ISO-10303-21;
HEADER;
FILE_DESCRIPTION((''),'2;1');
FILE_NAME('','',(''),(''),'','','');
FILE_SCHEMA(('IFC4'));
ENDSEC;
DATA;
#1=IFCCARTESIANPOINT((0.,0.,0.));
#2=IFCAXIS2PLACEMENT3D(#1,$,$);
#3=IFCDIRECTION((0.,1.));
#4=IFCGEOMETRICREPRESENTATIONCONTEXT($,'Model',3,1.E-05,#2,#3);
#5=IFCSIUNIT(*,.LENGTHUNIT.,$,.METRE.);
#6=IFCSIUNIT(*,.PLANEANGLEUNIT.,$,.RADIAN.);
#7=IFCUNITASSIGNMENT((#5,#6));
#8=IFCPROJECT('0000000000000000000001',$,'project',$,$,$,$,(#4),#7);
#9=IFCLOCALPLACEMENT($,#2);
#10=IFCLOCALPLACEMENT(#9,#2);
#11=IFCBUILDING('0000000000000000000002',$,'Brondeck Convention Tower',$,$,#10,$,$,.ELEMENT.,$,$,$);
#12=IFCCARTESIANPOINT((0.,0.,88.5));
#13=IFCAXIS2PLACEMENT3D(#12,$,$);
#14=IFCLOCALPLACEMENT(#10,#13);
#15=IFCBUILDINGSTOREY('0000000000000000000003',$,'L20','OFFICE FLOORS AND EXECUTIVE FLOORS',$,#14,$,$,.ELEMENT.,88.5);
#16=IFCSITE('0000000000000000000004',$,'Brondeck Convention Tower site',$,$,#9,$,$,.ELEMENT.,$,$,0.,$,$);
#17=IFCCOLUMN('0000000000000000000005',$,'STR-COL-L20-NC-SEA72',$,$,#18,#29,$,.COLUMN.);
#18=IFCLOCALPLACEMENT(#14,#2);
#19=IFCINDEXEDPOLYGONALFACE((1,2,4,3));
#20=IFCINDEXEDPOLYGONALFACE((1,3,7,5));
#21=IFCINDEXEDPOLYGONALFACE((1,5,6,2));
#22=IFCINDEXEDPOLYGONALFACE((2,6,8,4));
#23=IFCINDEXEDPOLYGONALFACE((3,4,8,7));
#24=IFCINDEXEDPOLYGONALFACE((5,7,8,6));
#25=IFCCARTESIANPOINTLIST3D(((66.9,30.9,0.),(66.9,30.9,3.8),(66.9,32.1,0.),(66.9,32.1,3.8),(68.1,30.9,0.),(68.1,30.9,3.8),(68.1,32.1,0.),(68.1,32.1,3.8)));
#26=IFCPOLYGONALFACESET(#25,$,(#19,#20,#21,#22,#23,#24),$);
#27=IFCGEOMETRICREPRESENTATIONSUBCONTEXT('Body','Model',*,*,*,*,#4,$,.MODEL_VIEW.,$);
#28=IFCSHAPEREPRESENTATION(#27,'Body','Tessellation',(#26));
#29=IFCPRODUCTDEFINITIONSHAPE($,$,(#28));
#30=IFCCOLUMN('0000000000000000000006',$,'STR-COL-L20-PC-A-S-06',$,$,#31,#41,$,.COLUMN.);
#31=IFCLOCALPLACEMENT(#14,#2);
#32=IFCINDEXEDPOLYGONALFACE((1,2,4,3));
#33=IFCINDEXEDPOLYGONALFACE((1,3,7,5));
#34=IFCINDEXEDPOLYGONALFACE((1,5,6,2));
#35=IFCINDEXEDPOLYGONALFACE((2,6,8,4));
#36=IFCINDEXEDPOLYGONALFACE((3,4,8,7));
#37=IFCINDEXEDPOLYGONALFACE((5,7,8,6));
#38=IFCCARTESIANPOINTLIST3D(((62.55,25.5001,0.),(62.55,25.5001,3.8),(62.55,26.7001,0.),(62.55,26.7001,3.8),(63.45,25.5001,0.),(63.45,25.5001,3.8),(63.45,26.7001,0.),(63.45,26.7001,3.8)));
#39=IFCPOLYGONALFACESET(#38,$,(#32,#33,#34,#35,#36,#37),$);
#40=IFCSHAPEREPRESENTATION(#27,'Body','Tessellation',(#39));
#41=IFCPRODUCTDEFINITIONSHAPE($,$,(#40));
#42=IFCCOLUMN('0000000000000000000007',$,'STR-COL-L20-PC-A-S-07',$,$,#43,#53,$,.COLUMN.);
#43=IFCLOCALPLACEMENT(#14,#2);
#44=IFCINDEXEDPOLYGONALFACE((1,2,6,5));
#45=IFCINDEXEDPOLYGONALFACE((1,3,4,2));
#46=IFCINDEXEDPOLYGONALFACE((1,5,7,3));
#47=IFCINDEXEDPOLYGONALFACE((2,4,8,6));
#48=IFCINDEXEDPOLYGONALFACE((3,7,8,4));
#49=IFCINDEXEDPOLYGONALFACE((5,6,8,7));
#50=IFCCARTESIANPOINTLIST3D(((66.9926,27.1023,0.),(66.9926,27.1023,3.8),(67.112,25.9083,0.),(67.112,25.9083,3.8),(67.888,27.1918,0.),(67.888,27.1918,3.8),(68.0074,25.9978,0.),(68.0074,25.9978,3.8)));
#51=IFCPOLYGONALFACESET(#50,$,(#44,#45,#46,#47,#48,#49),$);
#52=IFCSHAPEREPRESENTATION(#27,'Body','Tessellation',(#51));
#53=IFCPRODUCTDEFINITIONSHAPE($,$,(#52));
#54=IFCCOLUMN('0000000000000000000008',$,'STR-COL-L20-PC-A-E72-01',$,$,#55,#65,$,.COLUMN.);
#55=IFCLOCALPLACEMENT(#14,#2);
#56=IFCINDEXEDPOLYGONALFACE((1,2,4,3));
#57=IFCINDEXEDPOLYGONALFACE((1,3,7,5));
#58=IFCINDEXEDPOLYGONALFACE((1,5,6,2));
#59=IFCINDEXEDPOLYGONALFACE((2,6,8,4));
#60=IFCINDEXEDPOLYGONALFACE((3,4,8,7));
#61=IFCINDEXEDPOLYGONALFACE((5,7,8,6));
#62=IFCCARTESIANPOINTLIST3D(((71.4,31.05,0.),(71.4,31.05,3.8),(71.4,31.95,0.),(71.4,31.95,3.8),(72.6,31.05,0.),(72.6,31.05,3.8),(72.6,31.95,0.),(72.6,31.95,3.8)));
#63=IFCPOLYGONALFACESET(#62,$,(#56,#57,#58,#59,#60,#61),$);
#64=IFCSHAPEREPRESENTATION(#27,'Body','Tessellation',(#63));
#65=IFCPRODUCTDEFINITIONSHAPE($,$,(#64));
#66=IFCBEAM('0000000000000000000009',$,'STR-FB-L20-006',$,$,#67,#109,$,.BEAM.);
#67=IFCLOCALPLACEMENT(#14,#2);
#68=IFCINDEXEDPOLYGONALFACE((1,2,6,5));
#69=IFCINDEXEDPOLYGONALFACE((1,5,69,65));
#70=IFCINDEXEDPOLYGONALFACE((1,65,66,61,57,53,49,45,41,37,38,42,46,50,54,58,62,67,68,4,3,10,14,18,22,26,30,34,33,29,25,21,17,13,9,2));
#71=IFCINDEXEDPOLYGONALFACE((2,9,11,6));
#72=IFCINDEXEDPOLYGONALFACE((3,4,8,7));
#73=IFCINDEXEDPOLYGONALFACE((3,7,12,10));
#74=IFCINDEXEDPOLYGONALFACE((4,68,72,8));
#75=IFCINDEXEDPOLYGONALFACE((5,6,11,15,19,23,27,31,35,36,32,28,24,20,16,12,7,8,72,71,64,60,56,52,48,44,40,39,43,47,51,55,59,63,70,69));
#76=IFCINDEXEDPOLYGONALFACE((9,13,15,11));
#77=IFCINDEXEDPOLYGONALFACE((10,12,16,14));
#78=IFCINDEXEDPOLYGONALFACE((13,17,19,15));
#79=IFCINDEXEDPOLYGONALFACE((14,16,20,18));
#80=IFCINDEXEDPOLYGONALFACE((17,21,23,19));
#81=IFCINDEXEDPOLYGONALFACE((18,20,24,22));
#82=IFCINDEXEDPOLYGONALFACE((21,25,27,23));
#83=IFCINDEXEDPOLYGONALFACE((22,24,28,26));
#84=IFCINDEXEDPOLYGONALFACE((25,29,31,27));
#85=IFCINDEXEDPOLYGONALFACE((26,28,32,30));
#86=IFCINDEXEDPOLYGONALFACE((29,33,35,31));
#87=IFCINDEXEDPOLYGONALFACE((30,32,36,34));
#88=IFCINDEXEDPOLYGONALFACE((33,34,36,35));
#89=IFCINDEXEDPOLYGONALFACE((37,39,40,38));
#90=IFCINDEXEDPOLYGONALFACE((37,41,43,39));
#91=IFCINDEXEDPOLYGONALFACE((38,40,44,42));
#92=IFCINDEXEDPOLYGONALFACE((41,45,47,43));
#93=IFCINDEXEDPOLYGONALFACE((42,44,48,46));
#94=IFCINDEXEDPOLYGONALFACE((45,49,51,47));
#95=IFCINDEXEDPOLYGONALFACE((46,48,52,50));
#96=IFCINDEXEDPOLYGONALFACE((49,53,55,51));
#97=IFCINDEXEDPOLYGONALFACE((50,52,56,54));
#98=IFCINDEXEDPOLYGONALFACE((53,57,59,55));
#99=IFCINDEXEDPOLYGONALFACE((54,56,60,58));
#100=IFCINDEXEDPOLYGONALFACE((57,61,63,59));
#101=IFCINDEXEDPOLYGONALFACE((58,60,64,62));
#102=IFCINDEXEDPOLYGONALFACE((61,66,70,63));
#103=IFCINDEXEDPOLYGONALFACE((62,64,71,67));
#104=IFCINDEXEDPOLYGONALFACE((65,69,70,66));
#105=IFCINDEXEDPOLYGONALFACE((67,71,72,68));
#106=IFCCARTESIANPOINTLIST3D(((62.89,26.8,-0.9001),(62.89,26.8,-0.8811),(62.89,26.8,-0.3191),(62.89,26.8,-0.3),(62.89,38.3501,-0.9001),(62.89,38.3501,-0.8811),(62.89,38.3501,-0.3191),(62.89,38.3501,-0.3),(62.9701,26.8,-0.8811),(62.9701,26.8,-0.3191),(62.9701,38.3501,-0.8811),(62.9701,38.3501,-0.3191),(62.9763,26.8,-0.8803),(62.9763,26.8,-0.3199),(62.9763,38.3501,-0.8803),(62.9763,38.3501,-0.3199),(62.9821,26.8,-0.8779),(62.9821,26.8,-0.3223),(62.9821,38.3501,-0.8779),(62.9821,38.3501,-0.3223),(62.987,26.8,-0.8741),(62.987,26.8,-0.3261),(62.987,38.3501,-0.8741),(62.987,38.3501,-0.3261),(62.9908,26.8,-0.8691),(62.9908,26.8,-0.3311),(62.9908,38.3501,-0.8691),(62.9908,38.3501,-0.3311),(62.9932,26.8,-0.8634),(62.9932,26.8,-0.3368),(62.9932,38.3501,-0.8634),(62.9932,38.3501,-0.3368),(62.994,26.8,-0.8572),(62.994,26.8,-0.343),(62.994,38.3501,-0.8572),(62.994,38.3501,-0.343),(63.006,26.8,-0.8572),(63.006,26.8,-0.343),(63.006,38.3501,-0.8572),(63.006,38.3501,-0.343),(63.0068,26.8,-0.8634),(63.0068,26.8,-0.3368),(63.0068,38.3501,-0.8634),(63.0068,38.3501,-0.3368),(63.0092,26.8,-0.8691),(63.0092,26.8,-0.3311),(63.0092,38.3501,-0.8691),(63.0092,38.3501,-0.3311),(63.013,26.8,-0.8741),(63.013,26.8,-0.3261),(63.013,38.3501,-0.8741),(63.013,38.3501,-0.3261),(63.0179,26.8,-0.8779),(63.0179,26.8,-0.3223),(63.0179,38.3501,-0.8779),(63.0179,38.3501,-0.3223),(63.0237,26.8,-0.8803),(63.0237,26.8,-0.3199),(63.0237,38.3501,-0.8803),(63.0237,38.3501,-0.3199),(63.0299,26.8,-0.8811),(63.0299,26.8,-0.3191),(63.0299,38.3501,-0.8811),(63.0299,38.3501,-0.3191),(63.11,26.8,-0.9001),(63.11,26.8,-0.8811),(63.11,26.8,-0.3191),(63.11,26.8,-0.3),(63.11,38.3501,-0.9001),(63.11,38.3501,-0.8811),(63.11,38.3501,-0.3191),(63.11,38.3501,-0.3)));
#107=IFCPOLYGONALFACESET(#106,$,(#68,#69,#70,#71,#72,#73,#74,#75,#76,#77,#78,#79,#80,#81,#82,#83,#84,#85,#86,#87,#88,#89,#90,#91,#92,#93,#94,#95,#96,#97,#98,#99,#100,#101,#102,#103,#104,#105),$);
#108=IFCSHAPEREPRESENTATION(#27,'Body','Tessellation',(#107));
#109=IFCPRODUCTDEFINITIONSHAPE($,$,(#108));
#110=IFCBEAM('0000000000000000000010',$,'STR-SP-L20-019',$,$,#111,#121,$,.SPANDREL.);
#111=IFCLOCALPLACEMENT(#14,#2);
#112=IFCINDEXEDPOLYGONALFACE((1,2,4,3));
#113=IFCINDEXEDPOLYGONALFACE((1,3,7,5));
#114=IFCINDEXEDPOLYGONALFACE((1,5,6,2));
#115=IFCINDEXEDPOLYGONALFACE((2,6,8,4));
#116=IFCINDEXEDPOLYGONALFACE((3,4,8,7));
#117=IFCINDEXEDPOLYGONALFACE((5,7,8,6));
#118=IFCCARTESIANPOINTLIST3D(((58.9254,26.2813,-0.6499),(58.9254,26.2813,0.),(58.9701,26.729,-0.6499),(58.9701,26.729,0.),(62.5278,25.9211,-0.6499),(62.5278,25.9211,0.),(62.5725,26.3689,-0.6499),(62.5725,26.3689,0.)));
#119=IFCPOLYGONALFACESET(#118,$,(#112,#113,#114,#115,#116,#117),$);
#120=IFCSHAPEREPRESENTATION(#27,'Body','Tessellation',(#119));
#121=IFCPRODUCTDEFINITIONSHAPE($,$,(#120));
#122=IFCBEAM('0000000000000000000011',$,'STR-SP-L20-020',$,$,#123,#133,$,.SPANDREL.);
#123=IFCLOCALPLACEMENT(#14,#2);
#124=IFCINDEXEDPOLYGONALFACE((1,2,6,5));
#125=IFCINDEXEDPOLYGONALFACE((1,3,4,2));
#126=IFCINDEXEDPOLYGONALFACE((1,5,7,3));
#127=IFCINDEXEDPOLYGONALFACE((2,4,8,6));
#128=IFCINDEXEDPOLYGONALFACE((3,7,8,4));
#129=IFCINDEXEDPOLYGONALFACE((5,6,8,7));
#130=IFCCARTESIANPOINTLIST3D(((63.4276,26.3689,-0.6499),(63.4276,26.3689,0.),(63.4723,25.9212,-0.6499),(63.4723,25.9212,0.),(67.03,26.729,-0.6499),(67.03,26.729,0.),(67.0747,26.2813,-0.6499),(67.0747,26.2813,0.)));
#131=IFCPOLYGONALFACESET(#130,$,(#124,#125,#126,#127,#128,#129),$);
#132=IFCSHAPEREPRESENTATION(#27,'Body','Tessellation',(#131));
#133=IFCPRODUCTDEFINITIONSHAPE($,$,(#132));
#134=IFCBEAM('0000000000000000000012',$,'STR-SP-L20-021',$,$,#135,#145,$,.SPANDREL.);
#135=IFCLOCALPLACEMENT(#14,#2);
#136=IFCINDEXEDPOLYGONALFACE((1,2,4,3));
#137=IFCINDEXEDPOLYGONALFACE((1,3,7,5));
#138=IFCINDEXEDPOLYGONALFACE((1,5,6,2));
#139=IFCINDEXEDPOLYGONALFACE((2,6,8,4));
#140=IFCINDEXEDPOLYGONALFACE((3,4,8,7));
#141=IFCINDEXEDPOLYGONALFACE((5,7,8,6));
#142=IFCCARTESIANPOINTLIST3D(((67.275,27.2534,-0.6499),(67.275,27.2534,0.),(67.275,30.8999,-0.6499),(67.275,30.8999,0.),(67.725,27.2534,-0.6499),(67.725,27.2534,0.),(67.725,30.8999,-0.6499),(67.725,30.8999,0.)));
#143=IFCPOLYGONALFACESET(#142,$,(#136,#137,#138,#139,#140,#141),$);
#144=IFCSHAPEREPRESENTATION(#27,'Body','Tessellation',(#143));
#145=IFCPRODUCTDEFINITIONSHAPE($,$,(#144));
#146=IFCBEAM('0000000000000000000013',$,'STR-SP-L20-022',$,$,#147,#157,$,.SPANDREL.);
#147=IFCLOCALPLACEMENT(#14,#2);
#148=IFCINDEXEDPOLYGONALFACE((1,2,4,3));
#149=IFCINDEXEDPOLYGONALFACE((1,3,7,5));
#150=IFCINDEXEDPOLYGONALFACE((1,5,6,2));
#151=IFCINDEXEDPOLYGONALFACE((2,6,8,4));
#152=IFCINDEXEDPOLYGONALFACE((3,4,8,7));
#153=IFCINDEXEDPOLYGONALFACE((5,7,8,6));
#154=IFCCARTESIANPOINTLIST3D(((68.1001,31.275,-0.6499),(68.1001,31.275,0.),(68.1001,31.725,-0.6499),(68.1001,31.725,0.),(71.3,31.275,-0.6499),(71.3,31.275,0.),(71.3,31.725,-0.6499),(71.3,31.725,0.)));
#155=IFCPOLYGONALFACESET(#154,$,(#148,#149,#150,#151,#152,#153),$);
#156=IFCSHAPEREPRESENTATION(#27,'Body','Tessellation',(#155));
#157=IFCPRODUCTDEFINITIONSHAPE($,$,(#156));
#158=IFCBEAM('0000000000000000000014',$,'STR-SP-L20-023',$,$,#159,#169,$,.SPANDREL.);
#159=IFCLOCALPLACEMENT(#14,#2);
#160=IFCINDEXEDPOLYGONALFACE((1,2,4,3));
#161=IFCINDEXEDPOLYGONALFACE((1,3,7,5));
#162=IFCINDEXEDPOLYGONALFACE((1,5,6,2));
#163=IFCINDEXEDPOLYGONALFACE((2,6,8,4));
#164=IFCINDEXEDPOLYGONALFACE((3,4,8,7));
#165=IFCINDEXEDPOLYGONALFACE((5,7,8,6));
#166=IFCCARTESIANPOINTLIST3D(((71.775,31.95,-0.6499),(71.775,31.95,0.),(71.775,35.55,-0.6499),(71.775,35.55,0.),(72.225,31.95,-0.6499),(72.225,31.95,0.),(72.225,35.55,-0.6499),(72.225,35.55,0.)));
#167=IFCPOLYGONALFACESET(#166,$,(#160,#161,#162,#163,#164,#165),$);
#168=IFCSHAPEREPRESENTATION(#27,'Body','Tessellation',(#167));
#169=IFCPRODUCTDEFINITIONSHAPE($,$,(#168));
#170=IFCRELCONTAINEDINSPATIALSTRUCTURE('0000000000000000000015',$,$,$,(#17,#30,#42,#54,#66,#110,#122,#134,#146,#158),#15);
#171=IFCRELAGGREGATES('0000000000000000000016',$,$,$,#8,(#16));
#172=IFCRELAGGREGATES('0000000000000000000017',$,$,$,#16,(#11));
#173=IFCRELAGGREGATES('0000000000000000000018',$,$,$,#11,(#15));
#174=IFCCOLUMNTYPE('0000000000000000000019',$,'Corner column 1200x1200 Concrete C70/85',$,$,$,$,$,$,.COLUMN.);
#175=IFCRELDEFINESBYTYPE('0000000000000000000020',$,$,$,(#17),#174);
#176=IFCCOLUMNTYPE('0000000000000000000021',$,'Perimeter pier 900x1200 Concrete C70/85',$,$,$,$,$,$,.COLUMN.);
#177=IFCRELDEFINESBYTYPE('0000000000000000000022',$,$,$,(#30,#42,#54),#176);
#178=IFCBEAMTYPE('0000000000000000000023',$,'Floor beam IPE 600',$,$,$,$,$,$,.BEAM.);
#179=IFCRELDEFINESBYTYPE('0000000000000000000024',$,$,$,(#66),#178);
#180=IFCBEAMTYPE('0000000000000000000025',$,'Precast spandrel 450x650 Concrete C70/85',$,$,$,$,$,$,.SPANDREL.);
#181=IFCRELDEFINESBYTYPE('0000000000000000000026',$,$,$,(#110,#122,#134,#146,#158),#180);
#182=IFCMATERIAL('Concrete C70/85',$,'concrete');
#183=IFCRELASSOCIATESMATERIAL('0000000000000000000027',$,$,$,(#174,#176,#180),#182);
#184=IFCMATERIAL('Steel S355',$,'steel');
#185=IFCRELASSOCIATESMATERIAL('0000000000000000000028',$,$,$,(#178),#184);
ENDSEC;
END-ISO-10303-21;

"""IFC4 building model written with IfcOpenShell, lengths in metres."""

from ifc_helpers import new_model, si_unit, direction, frame, origin, origin_2d, place, context, subcontext, project, spatial, rectangle, i_section, extrude, material, material_profile, profile_set, type_object, element, save


model = new_model("IFC4")

# Units and contexts
model_context = context("Model", 3, precision=1e-05, world=origin(), true_north=direction((0.0, 1.0)))
body_context = subcontext(model_context, "Body", "Model", "MODEL_VIEW")
ifc_project = project(units=[si_unit("LENGTHUNIT", "METRE"), si_unit("PLANEANGLEUNIT", "RADIAN")], contexts=[model_context])

# Site, building, storey
site_placement = place(None, origin())
site = spatial("IfcSite", under=ifc_project, at=site_placement, Name="Brondeck Convention Tower site", CompositionType="ELEMENT", RefElevation=0.0)
building_placement = place(site_placement, origin())
building = spatial("IfcBuilding", under=site, at=building_placement, Name="Brondeck Convention Tower", CompositionType="ELEMENT")
storey_placement = place(building_placement, frame((0.0, 0.0, 88.5)))
storey = spatial("IfcBuildingStorey", under=building, at=storey_placement, Name="L20", Description="OFFICE FLOORS AND EXECUTIVE FLOORS", CompositionType="ELEMENT", Elevation=88.5)

# Columns
ifc_material_1 = material(Name="Concrete C70/85", Category="concrete")
ifc_material_profile_1 = material_profile(ifc_material_1, rectangle(XDim=1.2, YDim=1.2, at=origin_2d()), Name="Corner column 1200x1200 Concrete C70/85")
ifc_profile_set_1 = profile_set([ifc_material_profile_1], Name="Concrete C70/85")
column_type_1 = type_object("IfcColumnType", Name="Corner column 1200x1200 Concrete C70/85", PredefinedType="COLUMN", material=ifc_profile_set_1)
column_placement = place(storey_placement, frame((67.5, 31.5, 0.0), z_axis=(0.0, 0.0, 1.0), x_axis=(1.0, 0.0, 0.0)))
element("IfcColumn", 1, at=column_placement, inside=storey, type_object=column_type_1, Name="STR-COL-L20-NC-SEA72", PredefinedType="COLUMN", context=body_context, shape_type="SweptSolid", body=[
    extrude(rectangle(XDim=1.2, YDim=1.2, at=origin_2d()), origin(), (0.0, 0.0, 1.0), 3.8),
])
ifc_material_profile_2 = material_profile(ifc_material_1, rectangle(XDim=0.8999, YDim=1.2, at=origin_2d()), Name="Perimeter pier 900x1200 Concrete C70/85")
ifc_profile_set_2 = profile_set([ifc_material_profile_2], Name="Concrete C70/85")
column_type_2 = type_object("IfcColumnType", Name="Perimeter pier 900x1200 Concrete C70/85", PredefinedType="COLUMN", material=ifc_profile_set_2)
for number, where, z_axis, x_axis, name in (
    (2, (63.0, 26.1001, 0.0), (0.0, 0.0, 1.0), (1.0, 0.0, 0.0), "STR-COL-L20-PC-A-S-06"),
    (3, (67.5, 26.55, 0.0), (0.0, 0.0, 1.0), (0.995037, 0.099504, 0.0), "STR-COL-L20-PC-A-S-07"),
    (4, (72.0, 31.5, 0.0), (0.0, 0.0, 1.0), (0.0, 1.0, 0.0), "STR-COL-L20-PC-A-E72-01"),
):
    element("IfcColumn", number, at=place(storey_placement, frame(where, z_axis=z_axis, x_axis=x_axis)), inside=storey, type_object=column_type_2, Name=name, PredefinedType="COLUMN", context=body_context, shape_type="SweptSolid", body=[
        extrude(rectangle(XDim=0.8999, YDim=1.2, at=origin_2d()), origin(), (0.0, 0.0, 1.0), 3.8),
    ])

# Beams
ifc_material_2 = material(Name="Steel S355", Category="steel")
ifc_material_profile_3 = material_profile(ifc_material_2, i_section(OverallWidth=0.22, OverallDepth=0.6001, WebThickness=0.012, FlangeThickness=0.019, FilletRadius=0.0239, at=origin_2d()), Name="IPE 600")
ifc_profile_set_3 = profile_set([ifc_material_profile_3], Name="Steel S355")
beam_type_1 = type_object("IfcBeamType", Name="Floor beam IPE 600", PredefinedType="BEAM", material=ifc_profile_set_3)
beam_1_placement = place(storey_placement, frame((63.0, 26.8, -0.6001), z_axis=(0.0, 1.0, 0.0), x_axis=(-1.0, 0.0, 0.0)))
element("IfcBeam", 5, at=beam_1_placement, inside=storey, type_object=beam_type_1, Name="STR-FB-L20-006", PredefinedType="BEAM", context=body_context, shape_type="SweptSolid", body=[
    extrude(i_section(OverallWidth=0.22, OverallDepth=0.6001, WebThickness=0.012, FlangeThickness=0.019, FilletRadius=0.0239, at=origin_2d()), origin(), (0.0, 0.0, 1.0), 11.55),
])
ifc_material_profile_4 = material_profile(ifc_material_1, rectangle(XDim=0.45, YDim=0.6499, at=origin_2d()), Name="Precast spandrel 450x650 Concrete C70/85")
ifc_profile_set_4 = profile_set([ifc_material_profile_4], Name="Concrete C70/85")
beam_type_2 = type_object("IfcBeamType", Name="Precast spandrel 450x650 Concrete C70/85", PredefinedType="SPANDREL", material=ifc_profile_set_4)
for number, where, z_axis, x_axis, name in (
    (6, (58.9478, 26.5051, -0.325), (0.995041, -0.09947, 0.0), (0.09947, 0.995041, 0.0), "STR-SP-L20-019"),
    (7, (63.45, 26.145, -0.325), (0.995041, 0.09947, 0.0), (-0.09947, 0.995041, 0.0), "STR-SP-L20-020"),
):
    element("IfcBeam", number, at=place(storey_placement, frame(where, z_axis=z_axis, x_axis=x_axis)), inside=storey, type_object=beam_type_2, Name=name, PredefinedType="SPANDREL", context=body_context, shape_type="SweptSolid", body=[
        extrude(rectangle(XDim=0.45, YDim=0.6499, at=origin_2d()), origin(), (0.0, 0.0, 1.0), 3.6204),
    ])
beam_2_placement = place(storey_placement, frame((67.5, 27.2534, -0.325), z_axis=(0.0, 1.0, 0.0), x_axis=(-1.0, 0.0, 0.0)))
element("IfcBeam", 8, at=beam_2_placement, inside=storey, type_object=beam_type_2, Name="STR-SP-L20-021", PredefinedType="SPANDREL", context=body_context, shape_type="SweptSolid", body=[
    extrude(rectangle(XDim=0.45, YDim=0.6499, at=origin_2d()), origin(), (0.0, 0.0, 1.0), 3.6465),
])
beam_3_placement = place(storey_placement, frame((68.1001, 31.5, -0.325), z_axis=(1.0, 0.0, 0.0), x_axis=(0.0, 1.0, 0.0)))
element("IfcBeam", 9, at=beam_3_placement, inside=storey, type_object=beam_type_2, Name="STR-SP-L20-022", PredefinedType="SPANDREL", context=body_context, shape_type="SweptSolid", body=[
    extrude(rectangle(XDim=0.45, YDim=0.6499, at=origin_2d()), origin(), (0.0, 0.0, 1.0), 3.2),
])
beam_4_placement = place(storey_placement, frame((72.0, 31.95, -0.325), z_axis=(0.0, 1.0, 0.0), x_axis=(-1.0, 0.0, 0.0)))
element("IfcBeam", 10, at=beam_4_placement, inside=storey, type_object=beam_type_2, Name="STR-SP-L20-023", PredefinedType="SPANDREL", context=body_context, shape_type="SweptSolid", body=[
    extrude(rectangle(XDim=0.45, YDim=0.6499, at=origin_2d()), origin(), (0.0, 0.0, 1.0), 3.6001),
])

save(model, "model.ifc")
